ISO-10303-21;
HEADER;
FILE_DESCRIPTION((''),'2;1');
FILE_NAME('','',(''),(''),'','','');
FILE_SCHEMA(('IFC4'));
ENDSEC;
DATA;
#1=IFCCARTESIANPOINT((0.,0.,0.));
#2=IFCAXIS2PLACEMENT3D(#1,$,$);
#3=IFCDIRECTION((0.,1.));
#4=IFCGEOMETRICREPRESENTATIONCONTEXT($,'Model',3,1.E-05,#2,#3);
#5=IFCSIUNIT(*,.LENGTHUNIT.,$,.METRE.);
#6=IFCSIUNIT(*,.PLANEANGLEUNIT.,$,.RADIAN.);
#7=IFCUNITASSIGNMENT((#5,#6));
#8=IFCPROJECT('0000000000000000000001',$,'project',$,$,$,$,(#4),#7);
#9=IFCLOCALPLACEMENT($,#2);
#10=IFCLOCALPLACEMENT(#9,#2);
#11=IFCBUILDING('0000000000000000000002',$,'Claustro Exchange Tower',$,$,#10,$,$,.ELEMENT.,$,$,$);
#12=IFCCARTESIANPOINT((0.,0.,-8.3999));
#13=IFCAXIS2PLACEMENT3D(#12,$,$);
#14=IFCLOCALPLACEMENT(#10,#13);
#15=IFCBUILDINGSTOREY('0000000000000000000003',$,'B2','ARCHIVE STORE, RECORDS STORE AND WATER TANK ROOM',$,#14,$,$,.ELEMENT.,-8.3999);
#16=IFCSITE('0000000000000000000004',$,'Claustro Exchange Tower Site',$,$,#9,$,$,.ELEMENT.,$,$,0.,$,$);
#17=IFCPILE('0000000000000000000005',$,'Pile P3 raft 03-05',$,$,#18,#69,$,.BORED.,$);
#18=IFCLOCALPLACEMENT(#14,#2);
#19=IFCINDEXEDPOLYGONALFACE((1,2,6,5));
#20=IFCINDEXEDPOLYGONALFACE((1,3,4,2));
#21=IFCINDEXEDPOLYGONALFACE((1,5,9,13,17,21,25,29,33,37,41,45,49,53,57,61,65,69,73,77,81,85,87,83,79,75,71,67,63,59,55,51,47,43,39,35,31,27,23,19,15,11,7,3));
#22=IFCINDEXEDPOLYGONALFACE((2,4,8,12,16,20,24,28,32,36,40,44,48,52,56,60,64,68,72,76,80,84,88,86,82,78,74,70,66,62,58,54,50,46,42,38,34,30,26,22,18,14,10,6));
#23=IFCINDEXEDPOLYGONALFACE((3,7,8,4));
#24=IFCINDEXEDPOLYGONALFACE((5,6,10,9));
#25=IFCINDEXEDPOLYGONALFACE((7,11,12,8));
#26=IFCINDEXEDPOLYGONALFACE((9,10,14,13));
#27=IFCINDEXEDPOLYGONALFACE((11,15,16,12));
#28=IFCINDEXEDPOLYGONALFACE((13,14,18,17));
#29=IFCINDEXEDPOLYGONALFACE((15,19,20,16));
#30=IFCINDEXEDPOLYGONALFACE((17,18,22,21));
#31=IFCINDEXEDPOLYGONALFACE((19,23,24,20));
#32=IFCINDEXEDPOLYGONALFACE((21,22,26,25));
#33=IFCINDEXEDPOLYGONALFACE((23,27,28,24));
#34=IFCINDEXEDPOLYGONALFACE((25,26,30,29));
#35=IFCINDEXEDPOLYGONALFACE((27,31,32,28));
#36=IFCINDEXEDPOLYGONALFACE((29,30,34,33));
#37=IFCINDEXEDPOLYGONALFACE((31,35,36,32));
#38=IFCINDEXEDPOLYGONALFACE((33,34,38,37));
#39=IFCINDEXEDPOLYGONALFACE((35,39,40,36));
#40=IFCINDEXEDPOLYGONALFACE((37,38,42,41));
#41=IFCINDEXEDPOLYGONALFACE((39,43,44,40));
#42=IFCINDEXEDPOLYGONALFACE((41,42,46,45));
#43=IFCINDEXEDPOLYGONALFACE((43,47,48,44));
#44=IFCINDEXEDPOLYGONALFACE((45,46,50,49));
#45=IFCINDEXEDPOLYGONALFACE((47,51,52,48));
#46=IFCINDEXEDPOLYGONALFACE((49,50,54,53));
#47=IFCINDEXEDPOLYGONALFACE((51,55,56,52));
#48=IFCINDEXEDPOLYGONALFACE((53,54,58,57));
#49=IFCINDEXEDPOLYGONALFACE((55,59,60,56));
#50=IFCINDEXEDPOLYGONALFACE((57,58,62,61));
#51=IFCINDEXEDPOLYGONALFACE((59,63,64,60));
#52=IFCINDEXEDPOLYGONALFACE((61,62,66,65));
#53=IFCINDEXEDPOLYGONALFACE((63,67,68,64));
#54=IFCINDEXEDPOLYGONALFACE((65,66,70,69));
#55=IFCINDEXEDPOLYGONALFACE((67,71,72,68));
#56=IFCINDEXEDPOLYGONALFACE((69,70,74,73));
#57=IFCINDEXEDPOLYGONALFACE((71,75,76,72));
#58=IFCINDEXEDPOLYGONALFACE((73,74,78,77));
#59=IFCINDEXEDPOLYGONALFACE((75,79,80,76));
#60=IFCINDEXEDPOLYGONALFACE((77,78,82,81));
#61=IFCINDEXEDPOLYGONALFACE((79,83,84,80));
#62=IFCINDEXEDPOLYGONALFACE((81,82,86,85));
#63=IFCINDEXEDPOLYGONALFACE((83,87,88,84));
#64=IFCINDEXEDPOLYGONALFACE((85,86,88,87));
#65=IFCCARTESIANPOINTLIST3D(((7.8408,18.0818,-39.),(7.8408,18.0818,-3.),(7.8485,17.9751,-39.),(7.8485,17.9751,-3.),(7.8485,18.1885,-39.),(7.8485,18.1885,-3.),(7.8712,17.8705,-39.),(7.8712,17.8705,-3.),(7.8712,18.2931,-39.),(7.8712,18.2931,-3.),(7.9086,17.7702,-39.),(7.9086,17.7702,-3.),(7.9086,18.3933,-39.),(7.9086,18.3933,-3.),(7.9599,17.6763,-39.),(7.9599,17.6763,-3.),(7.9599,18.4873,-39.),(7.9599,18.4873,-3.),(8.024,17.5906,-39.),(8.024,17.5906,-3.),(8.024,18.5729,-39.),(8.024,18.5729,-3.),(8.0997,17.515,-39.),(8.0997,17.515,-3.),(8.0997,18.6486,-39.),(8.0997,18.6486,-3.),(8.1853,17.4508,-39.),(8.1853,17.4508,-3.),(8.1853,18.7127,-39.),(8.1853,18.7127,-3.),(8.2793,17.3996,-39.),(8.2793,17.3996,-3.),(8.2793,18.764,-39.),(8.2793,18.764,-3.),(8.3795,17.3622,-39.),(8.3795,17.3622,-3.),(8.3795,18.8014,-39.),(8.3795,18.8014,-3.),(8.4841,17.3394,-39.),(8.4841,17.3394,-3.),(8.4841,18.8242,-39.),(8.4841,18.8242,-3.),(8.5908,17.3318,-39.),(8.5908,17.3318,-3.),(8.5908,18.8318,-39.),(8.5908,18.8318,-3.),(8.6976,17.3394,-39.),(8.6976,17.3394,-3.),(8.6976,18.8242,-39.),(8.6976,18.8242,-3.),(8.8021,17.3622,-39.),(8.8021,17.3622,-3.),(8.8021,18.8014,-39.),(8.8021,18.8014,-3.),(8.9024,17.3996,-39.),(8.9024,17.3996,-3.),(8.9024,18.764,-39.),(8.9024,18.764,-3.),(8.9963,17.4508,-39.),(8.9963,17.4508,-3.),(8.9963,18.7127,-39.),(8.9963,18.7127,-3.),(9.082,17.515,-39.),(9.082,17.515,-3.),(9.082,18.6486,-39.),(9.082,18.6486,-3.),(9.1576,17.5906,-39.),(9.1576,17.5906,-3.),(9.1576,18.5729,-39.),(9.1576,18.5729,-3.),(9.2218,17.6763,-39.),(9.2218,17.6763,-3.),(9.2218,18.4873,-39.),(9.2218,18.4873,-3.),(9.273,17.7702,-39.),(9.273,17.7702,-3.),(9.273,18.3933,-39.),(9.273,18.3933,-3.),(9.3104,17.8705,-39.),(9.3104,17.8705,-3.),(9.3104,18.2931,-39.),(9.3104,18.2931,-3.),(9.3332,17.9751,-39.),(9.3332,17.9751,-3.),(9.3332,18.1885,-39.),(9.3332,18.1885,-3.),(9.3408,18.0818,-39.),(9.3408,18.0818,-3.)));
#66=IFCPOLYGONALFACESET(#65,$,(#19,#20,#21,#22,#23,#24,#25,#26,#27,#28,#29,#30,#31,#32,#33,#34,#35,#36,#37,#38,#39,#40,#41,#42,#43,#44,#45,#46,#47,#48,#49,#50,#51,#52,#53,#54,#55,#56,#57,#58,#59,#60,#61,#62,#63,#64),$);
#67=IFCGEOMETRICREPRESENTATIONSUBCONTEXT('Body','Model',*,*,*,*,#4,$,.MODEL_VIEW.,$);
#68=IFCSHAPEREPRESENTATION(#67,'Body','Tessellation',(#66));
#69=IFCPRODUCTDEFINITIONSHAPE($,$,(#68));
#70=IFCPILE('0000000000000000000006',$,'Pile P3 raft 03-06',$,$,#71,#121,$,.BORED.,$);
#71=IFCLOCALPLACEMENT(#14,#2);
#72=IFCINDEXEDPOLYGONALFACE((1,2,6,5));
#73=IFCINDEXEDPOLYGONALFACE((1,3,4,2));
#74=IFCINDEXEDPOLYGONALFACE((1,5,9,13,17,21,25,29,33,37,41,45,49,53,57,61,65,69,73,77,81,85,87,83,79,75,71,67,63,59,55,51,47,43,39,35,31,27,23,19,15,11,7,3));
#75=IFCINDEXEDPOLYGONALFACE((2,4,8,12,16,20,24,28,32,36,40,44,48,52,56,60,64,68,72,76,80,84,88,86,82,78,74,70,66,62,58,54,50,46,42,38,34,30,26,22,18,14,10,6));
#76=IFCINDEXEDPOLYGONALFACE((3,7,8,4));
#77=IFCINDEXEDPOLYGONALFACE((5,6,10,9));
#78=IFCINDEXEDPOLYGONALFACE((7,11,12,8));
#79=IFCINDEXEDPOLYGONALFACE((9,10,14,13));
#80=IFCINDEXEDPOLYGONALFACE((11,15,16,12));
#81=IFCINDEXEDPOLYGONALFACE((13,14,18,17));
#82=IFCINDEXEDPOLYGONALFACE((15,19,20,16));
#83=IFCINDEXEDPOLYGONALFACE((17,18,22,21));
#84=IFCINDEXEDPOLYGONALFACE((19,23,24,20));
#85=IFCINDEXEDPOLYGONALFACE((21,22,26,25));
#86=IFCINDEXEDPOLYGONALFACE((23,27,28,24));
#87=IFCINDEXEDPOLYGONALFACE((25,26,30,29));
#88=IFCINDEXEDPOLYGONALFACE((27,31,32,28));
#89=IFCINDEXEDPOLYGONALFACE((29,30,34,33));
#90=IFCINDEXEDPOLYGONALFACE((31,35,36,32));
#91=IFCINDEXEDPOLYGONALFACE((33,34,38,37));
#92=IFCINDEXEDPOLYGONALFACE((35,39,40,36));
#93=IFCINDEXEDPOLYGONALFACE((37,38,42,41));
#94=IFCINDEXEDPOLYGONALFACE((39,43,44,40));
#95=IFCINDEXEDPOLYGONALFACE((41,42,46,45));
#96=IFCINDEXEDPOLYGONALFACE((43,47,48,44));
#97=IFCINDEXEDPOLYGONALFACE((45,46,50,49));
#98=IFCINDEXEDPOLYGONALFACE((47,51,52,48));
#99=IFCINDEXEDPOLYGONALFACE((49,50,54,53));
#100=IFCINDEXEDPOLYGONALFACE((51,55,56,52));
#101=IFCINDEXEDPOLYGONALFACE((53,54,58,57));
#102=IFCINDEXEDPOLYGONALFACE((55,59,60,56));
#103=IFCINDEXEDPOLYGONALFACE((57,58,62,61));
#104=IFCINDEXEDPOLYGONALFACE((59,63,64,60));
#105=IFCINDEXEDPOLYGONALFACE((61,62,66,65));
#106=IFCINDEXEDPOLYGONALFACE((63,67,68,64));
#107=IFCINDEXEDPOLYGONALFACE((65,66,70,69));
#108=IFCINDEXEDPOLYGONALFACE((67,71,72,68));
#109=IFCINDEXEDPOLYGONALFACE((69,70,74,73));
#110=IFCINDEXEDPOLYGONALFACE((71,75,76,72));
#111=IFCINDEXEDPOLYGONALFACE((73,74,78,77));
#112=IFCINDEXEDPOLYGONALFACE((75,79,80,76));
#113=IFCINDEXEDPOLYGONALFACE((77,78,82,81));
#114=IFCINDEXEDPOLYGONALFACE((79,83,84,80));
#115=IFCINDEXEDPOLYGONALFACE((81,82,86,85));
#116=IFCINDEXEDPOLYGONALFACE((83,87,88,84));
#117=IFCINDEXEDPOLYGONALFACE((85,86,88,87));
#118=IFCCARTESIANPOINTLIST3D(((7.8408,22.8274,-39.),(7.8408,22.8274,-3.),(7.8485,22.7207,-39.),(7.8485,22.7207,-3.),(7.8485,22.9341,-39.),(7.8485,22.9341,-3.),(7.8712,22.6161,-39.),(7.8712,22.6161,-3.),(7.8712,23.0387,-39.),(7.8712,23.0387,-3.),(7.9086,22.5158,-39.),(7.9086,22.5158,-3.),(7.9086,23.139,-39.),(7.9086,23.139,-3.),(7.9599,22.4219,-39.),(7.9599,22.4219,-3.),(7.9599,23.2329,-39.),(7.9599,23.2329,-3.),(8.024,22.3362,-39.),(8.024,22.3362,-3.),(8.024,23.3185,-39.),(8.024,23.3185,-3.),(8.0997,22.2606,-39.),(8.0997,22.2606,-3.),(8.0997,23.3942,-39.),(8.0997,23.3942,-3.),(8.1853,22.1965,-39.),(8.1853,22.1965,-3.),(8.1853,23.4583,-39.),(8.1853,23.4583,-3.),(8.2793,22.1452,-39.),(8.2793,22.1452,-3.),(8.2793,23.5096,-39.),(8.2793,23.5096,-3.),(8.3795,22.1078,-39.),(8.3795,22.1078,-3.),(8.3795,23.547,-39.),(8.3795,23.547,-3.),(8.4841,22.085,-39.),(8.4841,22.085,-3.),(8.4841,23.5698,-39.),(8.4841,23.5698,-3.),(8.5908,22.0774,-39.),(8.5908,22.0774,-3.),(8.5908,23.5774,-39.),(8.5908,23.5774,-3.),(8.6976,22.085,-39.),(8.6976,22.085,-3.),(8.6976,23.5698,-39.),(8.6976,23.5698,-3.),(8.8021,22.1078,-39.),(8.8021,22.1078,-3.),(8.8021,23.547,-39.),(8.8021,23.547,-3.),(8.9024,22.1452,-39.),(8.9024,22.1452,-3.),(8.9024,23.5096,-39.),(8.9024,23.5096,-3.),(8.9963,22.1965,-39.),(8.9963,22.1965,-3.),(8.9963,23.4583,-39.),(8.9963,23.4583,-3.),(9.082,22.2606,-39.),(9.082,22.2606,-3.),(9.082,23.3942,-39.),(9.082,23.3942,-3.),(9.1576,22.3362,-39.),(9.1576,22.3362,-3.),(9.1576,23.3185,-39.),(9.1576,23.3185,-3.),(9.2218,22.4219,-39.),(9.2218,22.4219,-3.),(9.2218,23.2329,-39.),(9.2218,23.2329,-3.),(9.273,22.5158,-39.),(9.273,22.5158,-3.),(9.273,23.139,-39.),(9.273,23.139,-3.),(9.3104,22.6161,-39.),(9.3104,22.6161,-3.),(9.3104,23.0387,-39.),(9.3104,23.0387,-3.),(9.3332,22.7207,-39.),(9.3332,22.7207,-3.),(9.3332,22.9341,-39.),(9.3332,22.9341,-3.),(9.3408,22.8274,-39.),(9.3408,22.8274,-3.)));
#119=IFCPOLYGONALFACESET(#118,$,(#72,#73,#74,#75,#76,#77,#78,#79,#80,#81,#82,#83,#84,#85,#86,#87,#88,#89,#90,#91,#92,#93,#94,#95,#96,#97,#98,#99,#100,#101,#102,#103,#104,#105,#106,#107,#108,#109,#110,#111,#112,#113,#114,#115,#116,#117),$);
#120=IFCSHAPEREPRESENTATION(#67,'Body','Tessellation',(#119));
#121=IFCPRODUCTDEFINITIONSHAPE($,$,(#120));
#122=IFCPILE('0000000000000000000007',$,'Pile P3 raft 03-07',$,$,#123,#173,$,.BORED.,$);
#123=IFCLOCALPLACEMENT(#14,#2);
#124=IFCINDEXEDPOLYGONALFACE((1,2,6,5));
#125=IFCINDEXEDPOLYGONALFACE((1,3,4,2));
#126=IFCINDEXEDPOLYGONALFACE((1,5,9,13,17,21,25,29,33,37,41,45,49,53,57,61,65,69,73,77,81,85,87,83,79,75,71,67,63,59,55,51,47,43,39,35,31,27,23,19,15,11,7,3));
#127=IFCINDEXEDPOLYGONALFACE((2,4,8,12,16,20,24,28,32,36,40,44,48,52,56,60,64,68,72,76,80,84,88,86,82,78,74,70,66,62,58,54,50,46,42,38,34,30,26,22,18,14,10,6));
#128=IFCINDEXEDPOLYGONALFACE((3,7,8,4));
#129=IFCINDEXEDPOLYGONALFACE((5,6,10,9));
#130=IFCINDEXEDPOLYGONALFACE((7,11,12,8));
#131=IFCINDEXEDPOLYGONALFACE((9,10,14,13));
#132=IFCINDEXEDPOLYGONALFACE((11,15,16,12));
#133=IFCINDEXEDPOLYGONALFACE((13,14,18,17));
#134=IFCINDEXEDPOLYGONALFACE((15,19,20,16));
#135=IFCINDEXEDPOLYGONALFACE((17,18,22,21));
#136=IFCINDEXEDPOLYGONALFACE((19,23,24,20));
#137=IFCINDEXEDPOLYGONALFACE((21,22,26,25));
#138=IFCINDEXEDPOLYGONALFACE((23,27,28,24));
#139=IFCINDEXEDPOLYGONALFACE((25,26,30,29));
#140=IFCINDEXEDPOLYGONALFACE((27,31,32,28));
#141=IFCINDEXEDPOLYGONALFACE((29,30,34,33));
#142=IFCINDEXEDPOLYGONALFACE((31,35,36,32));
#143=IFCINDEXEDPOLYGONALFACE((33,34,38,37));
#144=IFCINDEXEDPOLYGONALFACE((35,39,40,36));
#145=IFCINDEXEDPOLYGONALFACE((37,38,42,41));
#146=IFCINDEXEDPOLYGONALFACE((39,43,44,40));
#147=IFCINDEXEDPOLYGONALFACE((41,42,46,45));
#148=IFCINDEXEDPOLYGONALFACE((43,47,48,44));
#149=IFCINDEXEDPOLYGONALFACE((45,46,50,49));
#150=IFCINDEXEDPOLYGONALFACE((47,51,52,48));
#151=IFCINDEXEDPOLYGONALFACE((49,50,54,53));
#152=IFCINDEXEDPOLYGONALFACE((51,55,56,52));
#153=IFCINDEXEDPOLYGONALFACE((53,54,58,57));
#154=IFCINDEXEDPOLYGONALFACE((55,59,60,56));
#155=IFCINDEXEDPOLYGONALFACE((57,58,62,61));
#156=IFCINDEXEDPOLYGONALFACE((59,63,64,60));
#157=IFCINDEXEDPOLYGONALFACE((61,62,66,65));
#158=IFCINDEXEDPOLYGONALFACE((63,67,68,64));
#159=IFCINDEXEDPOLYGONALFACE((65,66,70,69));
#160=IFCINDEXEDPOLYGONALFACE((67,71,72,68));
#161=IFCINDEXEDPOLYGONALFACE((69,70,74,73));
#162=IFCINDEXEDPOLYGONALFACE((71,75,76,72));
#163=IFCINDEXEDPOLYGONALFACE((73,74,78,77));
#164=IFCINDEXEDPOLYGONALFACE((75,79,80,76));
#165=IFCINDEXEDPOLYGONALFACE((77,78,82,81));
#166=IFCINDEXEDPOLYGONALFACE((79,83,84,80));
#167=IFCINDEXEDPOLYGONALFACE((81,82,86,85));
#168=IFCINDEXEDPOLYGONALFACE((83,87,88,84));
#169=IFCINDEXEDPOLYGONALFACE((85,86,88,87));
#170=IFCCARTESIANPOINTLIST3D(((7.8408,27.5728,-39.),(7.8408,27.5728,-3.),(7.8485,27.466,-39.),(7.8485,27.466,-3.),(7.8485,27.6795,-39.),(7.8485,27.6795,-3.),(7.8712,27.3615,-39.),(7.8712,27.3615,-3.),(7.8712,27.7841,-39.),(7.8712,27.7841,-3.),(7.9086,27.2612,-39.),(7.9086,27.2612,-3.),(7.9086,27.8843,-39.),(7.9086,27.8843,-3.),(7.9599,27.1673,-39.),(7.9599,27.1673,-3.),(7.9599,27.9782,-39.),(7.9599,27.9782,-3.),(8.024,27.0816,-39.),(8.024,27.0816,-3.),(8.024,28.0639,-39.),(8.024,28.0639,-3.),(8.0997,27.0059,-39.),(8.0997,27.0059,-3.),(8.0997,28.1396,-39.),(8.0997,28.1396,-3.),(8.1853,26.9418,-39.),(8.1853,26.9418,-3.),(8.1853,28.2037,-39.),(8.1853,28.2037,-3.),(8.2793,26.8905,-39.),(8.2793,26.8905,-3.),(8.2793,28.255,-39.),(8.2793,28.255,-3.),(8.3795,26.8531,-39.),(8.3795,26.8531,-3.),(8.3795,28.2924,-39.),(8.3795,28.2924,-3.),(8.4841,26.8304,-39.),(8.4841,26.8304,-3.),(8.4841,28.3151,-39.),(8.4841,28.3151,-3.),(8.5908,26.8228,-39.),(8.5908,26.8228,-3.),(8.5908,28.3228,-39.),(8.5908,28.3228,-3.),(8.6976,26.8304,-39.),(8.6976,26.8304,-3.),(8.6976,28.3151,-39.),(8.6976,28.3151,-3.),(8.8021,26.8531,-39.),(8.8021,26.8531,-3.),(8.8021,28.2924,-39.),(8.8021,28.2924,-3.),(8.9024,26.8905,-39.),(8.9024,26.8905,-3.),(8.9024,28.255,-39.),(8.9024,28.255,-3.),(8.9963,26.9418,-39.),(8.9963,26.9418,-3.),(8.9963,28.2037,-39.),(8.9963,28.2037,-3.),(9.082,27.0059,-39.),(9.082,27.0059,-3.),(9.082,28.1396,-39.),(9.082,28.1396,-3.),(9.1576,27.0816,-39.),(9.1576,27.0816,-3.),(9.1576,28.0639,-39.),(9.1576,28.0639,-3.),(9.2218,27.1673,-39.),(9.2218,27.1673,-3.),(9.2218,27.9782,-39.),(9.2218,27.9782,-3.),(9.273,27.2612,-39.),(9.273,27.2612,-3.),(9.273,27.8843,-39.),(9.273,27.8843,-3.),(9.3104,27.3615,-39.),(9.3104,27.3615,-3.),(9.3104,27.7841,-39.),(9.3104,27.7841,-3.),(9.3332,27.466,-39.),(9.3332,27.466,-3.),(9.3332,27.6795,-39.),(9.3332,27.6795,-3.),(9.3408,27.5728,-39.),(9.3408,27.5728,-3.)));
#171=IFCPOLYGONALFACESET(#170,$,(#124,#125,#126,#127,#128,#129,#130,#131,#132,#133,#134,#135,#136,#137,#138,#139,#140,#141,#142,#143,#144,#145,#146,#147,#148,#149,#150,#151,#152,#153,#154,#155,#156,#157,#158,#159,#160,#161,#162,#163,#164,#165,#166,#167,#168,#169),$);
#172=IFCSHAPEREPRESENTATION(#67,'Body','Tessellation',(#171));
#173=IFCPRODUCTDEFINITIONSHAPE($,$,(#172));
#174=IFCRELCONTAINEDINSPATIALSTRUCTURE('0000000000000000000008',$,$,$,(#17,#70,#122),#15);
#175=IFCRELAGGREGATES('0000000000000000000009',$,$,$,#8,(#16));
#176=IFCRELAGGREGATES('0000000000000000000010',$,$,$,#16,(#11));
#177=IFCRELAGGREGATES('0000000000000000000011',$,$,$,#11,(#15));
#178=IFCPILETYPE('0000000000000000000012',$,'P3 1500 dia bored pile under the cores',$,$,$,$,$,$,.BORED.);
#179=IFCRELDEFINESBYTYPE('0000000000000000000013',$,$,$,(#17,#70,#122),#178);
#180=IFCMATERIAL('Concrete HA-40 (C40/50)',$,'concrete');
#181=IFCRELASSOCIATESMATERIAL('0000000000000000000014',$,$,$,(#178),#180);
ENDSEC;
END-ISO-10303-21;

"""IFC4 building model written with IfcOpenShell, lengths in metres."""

from ifc_helpers import new_model, si_unit, direction, frame, origin, origin_2d, place, context, subcontext, project, spatial, circle, extrude, material, type_object, element, save


model = new_model("IFC4")

# Units and contexts
model_context = context("Model", 3, precision=1e-05, world=origin(), true_north=direction((0.0, 1.0)))
body_context = subcontext(model_context, "Body", "Model", "MODEL_VIEW")
ifc_project = project(units=[si_unit("LENGTHUNIT", "METRE"), si_unit("PLANEANGLEUNIT", "RADIAN")], contexts=[model_context])

# Site, building, storey
site_placement = place(None, origin())
site = spatial("IfcSite", under=ifc_project, at=site_placement, Name="Claustro Exchange Tower Site", CompositionType="ELEMENT", RefElevation=0.0)
building_placement = place(site_placement, origin())
building = spatial("IfcBuilding", under=site, at=building_placement, Name="Claustro Exchange Tower", CompositionType="ELEMENT")
storey_placement = place(building_placement, frame((0.0, 0.0, -8.3999)))
storey = spatial("IfcBuildingStorey", under=building, at=storey_placement, Name="B2", Description="ARCHIVE STORE, RECORDS STORE AND WATER TANK ROOM", CompositionType="ELEMENT", Elevation=-8.3999)

# Piles
ifc_material_1 = material(Name="Concrete HA-40 (C40/50)", Category="concrete")
pile_type_1 = type_object("IfcPileType", Name="P3 1500 dia bored pile under the cores", PredefinedType="BORED", material=ifc_material_1)
for number, where, z_axis, x_axis, name in (
    (1, (8.5908, 18.0818, -3.0), (0.0, 0.0, -1.0), (1.0, 0.0, 0.0), "Pile P3 raft 03-05"),
    (2, (8.5908, 22.8274, -3.0), (0.0, 0.0, -1.0), (1.0, 0.0, 0.0), "Pile P3 raft 03-06"),
    (3, (8.5908, 27.5728, -3.0), (0.0, 0.0, -1.0), (1.0, 0.0, 0.0), "Pile P3 raft 03-07"),
):
    element("IfcPile", number, at=place(storey_placement, frame(where, z_axis=z_axis, x_axis=x_axis)), inside=storey, type_object=pile_type_1, Name=name, PredefinedType="BORED", context=body_context, shape_type="SweptSolid", body=[
        extrude(circle(Radius=0.75, at=origin_2d()), origin(), (0.0, 0.0, 1.0), 36.0),
    ])

save(model, "model.ifc")
